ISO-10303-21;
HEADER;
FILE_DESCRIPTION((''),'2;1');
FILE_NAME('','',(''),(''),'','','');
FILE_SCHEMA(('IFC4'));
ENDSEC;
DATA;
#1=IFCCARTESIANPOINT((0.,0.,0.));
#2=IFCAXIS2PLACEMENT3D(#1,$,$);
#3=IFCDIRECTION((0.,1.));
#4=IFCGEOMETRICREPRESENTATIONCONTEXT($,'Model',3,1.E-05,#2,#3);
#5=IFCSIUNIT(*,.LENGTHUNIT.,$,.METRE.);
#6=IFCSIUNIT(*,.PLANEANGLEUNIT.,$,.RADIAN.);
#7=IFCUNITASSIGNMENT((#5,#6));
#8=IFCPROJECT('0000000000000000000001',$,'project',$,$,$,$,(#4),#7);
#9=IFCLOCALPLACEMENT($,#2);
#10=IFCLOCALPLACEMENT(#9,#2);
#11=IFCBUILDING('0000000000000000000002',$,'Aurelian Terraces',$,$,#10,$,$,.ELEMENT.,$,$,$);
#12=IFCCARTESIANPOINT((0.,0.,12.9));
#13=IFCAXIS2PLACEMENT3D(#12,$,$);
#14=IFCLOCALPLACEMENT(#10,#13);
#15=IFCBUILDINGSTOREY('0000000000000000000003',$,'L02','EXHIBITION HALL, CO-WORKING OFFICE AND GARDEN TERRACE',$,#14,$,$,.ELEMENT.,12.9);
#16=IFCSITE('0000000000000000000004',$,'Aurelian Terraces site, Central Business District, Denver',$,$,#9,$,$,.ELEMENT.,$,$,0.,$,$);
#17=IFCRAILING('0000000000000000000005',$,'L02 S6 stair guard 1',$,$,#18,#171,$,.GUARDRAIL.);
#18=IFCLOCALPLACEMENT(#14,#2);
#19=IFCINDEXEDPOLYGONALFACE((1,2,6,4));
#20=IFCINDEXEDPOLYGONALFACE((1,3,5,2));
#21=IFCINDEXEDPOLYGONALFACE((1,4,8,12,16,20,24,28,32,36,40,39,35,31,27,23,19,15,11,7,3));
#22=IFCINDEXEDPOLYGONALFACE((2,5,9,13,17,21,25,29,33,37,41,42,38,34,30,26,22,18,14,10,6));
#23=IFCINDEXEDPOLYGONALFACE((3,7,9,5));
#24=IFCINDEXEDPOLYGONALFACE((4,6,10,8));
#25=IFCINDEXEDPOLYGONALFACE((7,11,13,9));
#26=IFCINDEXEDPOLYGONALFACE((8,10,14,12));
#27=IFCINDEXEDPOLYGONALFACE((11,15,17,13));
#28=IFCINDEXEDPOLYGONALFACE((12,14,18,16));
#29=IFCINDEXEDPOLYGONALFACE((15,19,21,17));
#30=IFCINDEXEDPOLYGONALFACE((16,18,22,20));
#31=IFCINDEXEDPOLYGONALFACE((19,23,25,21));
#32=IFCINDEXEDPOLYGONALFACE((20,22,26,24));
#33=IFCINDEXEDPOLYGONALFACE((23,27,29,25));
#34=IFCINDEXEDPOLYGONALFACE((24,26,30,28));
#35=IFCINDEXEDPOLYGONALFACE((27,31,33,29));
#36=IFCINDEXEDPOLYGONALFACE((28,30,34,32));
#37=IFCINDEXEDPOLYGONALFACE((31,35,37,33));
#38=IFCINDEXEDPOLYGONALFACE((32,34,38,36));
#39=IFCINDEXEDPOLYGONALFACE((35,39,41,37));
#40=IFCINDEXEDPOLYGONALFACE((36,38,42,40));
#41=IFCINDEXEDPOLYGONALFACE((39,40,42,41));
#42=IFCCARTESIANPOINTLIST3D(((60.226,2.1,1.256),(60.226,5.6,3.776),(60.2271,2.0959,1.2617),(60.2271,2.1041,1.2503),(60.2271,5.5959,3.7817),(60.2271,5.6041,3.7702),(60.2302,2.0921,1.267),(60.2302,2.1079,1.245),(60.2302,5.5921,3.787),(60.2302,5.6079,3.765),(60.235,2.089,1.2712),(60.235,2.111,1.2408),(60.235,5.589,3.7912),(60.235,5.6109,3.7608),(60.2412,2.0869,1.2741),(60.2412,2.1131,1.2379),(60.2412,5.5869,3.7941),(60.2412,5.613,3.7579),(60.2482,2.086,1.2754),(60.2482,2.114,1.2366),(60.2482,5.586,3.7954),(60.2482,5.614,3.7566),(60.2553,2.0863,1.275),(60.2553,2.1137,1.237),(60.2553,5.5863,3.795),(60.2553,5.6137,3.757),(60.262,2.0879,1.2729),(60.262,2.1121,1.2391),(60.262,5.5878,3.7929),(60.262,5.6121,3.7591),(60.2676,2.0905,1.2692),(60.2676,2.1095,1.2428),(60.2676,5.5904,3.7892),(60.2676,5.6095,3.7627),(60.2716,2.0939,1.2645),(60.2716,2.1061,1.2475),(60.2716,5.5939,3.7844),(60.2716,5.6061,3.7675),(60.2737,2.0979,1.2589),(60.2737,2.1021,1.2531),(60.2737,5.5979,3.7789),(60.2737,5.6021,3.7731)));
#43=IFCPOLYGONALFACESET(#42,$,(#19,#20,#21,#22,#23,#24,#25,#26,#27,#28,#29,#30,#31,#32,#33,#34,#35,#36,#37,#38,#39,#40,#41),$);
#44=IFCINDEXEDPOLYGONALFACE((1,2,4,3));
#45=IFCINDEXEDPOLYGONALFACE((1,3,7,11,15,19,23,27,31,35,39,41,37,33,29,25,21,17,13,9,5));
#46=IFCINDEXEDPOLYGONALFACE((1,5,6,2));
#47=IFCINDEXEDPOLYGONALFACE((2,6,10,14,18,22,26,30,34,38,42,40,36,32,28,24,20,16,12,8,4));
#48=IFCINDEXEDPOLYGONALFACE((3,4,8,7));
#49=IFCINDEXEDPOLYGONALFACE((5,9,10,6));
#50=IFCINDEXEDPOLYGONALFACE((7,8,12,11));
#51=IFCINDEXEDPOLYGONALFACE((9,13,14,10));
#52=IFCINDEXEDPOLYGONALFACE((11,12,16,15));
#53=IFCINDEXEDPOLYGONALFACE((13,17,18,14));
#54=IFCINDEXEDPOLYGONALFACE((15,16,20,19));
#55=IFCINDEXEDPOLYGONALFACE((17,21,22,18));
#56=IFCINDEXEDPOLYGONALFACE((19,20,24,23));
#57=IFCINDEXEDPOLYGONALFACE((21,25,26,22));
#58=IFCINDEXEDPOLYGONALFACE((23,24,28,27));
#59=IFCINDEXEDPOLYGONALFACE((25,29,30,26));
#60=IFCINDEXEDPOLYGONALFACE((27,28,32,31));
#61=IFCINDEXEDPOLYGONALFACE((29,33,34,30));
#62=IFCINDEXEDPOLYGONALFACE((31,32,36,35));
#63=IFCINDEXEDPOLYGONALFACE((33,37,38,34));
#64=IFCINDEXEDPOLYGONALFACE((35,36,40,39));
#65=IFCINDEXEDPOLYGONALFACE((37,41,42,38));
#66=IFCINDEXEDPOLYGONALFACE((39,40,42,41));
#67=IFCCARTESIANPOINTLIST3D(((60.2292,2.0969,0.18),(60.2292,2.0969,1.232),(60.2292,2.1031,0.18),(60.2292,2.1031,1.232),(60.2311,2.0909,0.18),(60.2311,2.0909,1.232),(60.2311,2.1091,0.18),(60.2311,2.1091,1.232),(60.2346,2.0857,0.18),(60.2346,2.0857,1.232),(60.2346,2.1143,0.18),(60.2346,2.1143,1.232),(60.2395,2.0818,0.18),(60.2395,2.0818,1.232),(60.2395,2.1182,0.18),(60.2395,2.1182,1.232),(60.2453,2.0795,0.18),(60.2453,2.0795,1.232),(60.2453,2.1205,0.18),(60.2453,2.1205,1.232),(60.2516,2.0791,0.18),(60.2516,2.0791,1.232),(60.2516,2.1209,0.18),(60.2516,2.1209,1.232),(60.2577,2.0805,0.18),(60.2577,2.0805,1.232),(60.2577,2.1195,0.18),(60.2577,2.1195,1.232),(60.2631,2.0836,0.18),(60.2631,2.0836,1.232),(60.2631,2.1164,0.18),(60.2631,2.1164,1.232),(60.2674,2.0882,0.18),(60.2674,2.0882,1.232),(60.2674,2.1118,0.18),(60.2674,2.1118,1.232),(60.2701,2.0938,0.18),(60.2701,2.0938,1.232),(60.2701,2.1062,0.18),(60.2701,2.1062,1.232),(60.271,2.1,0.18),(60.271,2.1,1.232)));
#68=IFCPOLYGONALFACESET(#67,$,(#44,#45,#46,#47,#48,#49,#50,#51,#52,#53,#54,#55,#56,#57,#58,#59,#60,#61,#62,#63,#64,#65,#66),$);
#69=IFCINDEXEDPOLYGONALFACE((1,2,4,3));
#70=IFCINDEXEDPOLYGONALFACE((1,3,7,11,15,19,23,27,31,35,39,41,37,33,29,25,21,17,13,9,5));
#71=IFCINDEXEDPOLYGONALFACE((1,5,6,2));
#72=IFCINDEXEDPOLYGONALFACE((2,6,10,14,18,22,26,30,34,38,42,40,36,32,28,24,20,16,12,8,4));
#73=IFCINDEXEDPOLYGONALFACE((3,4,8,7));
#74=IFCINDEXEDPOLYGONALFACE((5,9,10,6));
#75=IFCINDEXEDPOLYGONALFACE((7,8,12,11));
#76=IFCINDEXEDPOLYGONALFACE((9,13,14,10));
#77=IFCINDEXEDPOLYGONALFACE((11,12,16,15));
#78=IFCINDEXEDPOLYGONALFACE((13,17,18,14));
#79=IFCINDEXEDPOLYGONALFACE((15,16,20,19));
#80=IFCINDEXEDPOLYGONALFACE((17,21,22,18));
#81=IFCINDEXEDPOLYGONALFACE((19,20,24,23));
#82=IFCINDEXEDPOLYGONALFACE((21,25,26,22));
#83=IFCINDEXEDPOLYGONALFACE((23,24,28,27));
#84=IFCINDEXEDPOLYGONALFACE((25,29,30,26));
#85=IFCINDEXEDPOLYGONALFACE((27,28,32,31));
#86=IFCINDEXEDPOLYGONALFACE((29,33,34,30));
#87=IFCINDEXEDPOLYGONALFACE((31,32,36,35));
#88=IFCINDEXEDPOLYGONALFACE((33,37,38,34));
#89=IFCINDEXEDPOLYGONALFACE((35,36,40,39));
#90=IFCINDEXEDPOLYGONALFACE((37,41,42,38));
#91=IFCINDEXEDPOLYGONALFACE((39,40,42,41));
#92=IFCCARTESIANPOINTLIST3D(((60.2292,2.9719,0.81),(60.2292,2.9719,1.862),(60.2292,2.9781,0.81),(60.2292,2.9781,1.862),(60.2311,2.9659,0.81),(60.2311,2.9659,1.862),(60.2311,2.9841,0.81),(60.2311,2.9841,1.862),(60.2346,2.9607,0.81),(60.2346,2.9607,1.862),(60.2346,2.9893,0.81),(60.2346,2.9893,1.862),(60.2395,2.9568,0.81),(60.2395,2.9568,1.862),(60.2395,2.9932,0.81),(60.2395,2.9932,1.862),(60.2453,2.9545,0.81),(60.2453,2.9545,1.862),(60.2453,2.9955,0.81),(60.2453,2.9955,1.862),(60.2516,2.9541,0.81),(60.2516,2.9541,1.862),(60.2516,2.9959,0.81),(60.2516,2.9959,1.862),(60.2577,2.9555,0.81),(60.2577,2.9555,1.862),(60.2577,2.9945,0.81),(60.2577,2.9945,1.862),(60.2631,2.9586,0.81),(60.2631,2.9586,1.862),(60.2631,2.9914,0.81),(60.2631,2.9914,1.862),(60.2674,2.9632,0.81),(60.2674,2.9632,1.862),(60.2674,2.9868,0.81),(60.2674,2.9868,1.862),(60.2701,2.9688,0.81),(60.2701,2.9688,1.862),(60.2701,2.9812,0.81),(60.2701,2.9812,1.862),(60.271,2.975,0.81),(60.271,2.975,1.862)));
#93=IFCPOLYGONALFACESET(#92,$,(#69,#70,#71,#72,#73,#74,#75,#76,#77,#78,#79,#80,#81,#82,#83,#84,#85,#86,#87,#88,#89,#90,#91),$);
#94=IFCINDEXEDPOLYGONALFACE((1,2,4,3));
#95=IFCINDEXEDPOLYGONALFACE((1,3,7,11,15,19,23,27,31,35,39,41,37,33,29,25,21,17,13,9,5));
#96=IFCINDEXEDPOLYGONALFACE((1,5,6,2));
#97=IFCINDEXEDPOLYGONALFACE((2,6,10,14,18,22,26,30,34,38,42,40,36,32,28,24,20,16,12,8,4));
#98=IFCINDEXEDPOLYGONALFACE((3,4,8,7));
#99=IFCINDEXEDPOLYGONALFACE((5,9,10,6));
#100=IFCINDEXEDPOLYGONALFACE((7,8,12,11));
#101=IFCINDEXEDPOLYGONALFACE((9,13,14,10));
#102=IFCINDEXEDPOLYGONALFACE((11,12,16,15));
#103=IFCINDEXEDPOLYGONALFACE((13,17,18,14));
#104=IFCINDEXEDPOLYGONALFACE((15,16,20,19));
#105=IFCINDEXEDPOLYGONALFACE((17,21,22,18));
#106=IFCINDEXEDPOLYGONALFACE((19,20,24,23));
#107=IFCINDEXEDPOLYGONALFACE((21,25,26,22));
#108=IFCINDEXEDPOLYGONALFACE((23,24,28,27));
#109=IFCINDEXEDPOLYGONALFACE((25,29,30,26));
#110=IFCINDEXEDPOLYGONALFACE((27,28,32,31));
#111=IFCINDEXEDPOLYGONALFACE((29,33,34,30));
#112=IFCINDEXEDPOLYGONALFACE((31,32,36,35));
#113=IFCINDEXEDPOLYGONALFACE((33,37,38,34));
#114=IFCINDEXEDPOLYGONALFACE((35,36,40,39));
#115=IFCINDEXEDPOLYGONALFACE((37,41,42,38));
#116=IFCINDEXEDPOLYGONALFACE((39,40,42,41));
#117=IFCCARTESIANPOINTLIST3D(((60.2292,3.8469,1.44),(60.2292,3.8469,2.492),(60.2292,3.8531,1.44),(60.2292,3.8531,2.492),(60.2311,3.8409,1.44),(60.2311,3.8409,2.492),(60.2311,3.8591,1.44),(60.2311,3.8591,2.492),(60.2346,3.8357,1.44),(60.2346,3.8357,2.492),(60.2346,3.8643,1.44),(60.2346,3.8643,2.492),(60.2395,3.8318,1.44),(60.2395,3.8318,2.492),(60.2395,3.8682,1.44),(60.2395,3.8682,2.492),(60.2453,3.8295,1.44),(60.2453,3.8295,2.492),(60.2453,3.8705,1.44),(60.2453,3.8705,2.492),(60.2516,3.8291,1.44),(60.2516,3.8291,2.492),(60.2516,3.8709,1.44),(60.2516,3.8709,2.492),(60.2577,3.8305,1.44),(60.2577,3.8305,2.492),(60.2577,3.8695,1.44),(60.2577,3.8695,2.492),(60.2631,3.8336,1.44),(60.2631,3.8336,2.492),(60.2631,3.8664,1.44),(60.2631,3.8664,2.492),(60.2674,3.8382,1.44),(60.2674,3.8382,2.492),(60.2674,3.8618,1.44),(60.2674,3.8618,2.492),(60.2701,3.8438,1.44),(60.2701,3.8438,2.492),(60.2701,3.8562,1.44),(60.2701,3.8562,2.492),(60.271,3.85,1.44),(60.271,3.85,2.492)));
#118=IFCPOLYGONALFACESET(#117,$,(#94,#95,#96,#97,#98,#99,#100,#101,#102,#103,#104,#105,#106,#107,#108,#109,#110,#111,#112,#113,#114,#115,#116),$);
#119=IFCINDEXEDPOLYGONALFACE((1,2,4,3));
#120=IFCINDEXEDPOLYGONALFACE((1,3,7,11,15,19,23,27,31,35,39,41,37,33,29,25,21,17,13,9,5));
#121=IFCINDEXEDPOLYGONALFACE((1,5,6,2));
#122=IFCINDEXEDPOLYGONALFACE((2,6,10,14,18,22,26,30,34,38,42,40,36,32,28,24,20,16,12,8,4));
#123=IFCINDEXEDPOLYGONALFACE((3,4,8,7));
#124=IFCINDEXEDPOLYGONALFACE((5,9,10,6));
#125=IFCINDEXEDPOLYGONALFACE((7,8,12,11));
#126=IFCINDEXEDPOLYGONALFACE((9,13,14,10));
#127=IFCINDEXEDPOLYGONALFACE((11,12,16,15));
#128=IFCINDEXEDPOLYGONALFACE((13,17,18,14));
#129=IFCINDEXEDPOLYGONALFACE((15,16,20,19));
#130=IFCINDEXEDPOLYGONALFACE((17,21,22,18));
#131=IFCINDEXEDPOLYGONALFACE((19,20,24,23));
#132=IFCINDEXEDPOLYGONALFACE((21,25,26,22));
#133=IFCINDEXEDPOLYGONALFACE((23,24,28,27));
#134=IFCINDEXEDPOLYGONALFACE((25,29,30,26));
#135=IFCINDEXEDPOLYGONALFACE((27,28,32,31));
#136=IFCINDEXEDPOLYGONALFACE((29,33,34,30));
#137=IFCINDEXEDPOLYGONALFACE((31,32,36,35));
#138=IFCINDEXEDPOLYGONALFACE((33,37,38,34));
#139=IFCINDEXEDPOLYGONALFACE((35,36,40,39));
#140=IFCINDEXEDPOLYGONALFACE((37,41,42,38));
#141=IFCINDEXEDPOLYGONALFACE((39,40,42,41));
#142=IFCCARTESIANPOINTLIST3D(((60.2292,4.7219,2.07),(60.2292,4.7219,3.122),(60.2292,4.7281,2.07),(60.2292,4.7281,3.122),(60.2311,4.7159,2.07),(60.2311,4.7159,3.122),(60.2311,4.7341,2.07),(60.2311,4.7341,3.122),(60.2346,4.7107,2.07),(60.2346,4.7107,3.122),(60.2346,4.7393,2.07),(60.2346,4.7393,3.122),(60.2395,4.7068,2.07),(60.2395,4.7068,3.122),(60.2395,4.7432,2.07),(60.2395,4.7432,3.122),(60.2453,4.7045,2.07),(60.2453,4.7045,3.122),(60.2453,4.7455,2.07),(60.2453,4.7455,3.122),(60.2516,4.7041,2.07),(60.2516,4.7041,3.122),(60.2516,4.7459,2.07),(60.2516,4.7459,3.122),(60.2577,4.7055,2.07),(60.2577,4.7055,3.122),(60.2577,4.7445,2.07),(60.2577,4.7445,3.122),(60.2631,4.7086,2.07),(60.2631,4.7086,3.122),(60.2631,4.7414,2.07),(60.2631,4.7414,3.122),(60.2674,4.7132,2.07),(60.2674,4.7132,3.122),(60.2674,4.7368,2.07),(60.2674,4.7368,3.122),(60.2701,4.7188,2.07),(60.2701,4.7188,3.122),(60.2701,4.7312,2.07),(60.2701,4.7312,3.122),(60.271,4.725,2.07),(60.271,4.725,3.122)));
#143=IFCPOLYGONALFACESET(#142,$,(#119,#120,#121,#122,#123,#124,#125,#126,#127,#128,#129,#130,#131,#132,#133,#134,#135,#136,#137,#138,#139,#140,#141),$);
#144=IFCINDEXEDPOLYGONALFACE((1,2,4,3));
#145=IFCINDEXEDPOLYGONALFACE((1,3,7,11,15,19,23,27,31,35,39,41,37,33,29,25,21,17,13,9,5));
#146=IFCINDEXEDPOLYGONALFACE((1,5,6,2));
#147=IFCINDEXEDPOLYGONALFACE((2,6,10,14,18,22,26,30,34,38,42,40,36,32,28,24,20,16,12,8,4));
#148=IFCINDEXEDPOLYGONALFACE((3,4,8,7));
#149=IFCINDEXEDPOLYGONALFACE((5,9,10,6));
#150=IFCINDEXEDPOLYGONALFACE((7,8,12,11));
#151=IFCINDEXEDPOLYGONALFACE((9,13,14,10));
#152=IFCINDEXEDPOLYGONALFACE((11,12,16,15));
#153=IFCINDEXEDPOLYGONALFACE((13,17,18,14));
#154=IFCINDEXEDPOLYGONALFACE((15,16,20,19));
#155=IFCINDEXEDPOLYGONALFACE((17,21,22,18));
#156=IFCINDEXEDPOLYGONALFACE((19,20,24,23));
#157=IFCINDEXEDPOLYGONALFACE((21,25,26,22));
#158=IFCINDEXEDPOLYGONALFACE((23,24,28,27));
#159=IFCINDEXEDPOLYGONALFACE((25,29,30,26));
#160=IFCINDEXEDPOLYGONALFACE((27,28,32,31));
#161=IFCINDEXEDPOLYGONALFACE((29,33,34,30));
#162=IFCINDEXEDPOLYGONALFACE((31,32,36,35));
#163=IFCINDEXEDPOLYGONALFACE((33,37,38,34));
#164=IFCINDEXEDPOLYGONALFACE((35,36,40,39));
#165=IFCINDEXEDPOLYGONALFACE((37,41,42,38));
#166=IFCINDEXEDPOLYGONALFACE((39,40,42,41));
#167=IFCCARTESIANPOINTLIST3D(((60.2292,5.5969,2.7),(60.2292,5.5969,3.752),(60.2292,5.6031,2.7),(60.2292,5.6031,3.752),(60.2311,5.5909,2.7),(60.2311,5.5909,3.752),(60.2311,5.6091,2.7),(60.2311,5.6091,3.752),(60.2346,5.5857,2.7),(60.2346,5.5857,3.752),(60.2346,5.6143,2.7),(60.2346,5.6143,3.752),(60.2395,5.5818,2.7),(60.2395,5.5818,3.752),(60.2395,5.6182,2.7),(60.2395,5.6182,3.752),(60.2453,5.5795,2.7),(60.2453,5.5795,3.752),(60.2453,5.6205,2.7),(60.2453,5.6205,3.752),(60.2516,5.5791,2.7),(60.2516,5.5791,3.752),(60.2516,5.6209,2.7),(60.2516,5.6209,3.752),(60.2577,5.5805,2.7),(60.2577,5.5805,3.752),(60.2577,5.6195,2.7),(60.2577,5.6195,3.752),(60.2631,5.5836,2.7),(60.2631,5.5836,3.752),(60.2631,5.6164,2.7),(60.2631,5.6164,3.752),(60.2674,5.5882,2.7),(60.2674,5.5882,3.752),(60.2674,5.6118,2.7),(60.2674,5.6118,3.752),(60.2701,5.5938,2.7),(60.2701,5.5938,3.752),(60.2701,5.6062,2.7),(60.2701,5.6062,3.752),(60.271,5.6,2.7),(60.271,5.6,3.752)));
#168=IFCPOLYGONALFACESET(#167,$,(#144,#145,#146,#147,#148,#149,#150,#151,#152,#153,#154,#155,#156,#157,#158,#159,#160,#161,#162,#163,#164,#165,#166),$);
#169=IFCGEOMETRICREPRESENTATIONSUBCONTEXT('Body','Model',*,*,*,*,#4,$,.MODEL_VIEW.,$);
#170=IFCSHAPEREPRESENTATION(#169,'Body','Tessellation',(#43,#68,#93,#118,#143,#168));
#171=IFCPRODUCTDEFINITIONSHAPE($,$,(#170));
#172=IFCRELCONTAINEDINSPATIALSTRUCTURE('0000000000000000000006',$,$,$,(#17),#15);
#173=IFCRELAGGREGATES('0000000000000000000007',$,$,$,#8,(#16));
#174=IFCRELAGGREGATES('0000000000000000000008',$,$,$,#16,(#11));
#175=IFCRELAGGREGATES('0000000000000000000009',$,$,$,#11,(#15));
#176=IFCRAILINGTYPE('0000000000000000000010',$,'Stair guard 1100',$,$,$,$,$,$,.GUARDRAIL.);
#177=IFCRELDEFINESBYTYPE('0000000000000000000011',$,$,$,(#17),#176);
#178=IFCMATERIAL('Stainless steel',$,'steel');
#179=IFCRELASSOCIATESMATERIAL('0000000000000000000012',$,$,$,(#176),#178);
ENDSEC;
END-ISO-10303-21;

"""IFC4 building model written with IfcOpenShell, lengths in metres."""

from ifc_helpers import new_model, si_unit, direction, frame, origin, origin_2d, place, context, subcontext, project, spatial, circle, extrude, source, transform, mapped, material, type_object, element, save


model = new_model("IFC4")

# Units and contexts
model_context = context("Model", 3, precision=1e-05, world=origin(), true_north=direction((0.0, 1.0)))
body_context = subcontext(model_context, "Body", "Model", "MODEL_VIEW")
ifc_project = project(units=[si_unit("LENGTHUNIT", "METRE"), si_unit("PLANEANGLEUNIT", "RADIAN")], contexts=[model_context])

# Site, building, storey
site_placement = place(None, origin())
site = spatial("IfcSite", under=ifc_project, at=site_placement, Name="Aurelian Terraces site, Central Business District, Denver", CompositionType="ELEMENT", RefElevation=0.0)
building_placement = place(site_placement, origin())
building = spatial("IfcBuilding", under=site, at=building_placement, Name="Aurelian Terraces", CompositionType="ELEMENT")
storey_placement = place(building_placement, frame((0.0, 0.0, 12.9)))
storey = spatial("IfcBuildingStorey", under=building, at=storey_placement, Name="L02", Description="EXHIBITION HALL, CO-WORKING OFFICE AND GARDEN TERRACE", CompositionType="ELEMENT", Elevation=12.9)

# Railing
ifc_material_1 = material(Name="Stainless steel", Category="steel")
railing_type_1 = type_object("IfcRailingType", Name="Stair guard 1100", PredefinedType="GUARDRAIL", material=ifc_material_1)
shared_shape_1 = source(origin(), body_context, "Body", "SweptSolid", [
    extrude(circle(Radius=0.024, at=origin_2d()), frame((0.0, 0.0, 1.076), z_axis=(0.0, 0.811534, 0.584305), x_axis=(-1.0, 0.0, 0.0)), (0.0, 0.0, 1.0), 4.3128),
    extrude(circle(Radius=0.021, at=origin_2d()), origin(), (0.0, 0.0, 1.0), 1.052),
    extrude(circle(Radius=0.021, at=origin_2d()), frame((0.0, 0.875, 0.63)), (0.0, 0.0, 1.0), 1.052),
    extrude(circle(Radius=0.021, at=origin_2d()), frame((0.0, 1.75, 1.26)), (0.0, 0.0, 1.0), 1.052),
    extrude(circle(Radius=0.021, at=origin_2d()), frame((0.0, 2.625, 1.89)), (0.0, 0.0, 1.0), 1.052),
    extrude(circle(Radius=0.021, at=origin_2d()), frame((0.0, 3.5, 2.52)), (0.0, 0.0, 1.0), 1.052),
])
railing_1_placement = place(storey_placement, frame((60.25, 2.1, 0.18)))
element("IfcRailing", 1, at=railing_1_placement, inside=storey, type_object=railing_type_1, Name="L02 S6 stair guard 1", PredefinedType="GUARDRAIL", context=body_context, shape_type="MappedRepresentation", body=[
    mapped(shared_shape_1, transform((0.0, 0.0, 0.0), scale=1.0)),
])

save(model, "model.ifc")
